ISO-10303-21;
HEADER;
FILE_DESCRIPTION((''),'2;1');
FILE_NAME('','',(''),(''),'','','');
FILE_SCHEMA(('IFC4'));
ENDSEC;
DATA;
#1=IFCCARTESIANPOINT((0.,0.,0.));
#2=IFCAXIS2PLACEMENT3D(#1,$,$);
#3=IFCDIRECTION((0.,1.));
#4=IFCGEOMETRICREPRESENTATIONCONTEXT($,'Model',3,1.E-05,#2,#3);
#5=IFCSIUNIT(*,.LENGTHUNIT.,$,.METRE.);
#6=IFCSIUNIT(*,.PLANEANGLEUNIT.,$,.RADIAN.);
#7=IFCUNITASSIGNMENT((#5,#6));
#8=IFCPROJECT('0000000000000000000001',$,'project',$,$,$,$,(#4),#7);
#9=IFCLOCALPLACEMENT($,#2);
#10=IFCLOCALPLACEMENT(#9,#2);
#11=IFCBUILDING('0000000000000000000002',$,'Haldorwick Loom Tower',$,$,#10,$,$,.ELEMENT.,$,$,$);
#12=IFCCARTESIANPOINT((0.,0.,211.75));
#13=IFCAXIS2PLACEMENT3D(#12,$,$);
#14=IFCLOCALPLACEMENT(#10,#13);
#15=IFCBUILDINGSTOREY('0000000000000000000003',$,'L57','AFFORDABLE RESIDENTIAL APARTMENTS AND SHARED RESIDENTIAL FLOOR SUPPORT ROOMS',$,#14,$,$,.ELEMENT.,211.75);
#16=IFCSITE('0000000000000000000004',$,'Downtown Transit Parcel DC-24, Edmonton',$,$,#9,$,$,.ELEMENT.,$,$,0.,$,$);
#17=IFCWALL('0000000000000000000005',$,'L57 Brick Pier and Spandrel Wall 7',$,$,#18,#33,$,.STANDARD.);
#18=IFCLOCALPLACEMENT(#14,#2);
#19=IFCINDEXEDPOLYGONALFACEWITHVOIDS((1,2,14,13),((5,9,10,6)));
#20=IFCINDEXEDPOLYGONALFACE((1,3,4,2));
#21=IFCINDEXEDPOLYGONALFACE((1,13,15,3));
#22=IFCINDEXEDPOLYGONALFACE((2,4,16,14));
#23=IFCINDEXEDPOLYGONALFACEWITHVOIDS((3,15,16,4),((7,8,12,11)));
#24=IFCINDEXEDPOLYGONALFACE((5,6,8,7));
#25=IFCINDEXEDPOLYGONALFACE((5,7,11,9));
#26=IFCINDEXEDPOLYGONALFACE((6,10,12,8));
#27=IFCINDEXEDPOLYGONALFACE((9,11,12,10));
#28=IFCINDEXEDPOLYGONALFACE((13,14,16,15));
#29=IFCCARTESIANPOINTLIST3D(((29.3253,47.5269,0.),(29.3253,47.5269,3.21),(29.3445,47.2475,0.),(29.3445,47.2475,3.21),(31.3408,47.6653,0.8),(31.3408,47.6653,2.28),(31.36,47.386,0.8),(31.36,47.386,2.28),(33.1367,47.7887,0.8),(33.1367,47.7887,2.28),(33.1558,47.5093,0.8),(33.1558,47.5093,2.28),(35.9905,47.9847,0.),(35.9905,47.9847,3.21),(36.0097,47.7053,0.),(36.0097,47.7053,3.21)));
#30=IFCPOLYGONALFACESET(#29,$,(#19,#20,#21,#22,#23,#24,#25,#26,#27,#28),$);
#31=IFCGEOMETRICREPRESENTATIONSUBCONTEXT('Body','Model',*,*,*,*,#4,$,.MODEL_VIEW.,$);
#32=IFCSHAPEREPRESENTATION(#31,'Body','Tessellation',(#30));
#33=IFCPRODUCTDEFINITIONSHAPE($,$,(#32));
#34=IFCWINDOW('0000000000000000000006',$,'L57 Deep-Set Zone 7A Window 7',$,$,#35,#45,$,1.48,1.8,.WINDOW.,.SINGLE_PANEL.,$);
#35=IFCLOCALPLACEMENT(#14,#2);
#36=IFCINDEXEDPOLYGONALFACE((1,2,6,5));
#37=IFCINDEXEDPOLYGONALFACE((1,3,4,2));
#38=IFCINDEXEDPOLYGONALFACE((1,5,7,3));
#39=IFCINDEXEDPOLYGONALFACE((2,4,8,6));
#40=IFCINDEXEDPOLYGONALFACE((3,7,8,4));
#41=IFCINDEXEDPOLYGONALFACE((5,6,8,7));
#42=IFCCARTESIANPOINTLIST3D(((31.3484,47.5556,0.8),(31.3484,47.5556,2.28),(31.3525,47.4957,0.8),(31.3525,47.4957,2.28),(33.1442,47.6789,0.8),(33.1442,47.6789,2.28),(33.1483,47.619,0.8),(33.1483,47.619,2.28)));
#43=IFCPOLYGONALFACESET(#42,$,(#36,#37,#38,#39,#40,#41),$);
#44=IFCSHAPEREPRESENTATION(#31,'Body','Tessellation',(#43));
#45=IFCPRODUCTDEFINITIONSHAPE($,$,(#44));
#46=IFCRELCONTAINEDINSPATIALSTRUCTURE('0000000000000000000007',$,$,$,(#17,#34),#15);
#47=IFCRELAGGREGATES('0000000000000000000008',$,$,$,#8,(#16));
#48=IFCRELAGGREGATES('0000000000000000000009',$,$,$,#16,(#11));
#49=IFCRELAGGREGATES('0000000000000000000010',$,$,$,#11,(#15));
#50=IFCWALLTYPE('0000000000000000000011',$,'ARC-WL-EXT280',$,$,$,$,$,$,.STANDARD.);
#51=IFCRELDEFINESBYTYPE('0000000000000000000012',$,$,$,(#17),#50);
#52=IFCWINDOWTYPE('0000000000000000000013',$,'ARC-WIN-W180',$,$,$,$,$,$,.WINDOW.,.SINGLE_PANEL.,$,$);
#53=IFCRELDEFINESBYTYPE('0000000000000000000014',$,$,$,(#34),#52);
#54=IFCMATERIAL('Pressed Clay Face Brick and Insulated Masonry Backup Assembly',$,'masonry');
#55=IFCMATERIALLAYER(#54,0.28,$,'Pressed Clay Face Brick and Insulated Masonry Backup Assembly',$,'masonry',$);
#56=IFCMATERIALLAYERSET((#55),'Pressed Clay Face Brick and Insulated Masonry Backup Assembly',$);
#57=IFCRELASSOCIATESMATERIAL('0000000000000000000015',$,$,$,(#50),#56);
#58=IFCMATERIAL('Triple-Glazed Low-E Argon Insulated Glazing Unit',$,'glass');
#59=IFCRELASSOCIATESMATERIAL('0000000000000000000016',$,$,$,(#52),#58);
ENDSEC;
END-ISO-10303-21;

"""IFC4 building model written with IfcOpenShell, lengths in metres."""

from ifc_helpers import new_model, si_unit, direction, frame, frame_2d, origin, place, context, subcontext, project, spatial, rectangle, extrude, material, layer, layer_set, type_object, element, fill, save


model = new_model("IFC4")

# Units and contexts
model_context = context("Model", 3, precision=1e-05, world=origin(), true_north=direction((0.0, 1.0)))
body_context = subcontext(model_context, "Body", "Model", "MODEL_VIEW")
ifc_project = project(units=[si_unit("LENGTHUNIT", "METRE"), si_unit("PLANEANGLEUNIT", "RADIAN")], contexts=[model_context])

# Site, building, storey
site_placement = place(None, origin())
site = spatial("IfcSite", under=ifc_project, at=site_placement, Name="Downtown Transit Parcel DC-24, Edmonton", CompositionType="ELEMENT", RefElevation=0.0)
building_placement = place(site_placement, origin())
building = spatial("IfcBuilding", under=site, at=building_placement, Name="Haldorwick Loom Tower", CompositionType="ELEMENT")
storey_placement = place(building_placement, frame((0.0, 0.0, 211.75)))
storey = spatial("IfcBuildingStorey", under=building, at=storey_placement, Name="L57", Description="AFFORDABLE RESIDENTIAL APARTMENTS AND SHARED RESIDENTIAL FLOOR SUPPORT ROOMS", CompositionType="ELEMENT", Elevation=211.75)

# Wall, opening, window
ifc_material_1 = material(Name="Pressed Clay Face Brick and Insulated Masonry Backup Assembly", Category="masonry")
ifc_layer = layer(ifc_material_1, 0.28, Name="Pressed Clay Face Brick and Insulated Masonry Backup Assembly", Category="masonry")
ifc_layer_set = layer_set([ifc_layer], Name="Pressed Clay Face Brick and Insulated Masonry Backup Assembly")
wall_type = type_object("IfcWallType", Name="ARC-WL-EXT280", PredefinedType="STANDARD", material=ifc_layer_set)
ifc_material_2 = material(Name="Triple-Glazed Low-E Argon Insulated Glazing Unit", Category="glass")
window_type = type_object("IfcWindowType", Name="ARC-WIN-W180", PartitioningType="SINGLE_PANEL", PredefinedType="WINDOW", material=ifc_material_2)
wall_1_placement = place(storey_placement, frame((36.0, 47.845, 0.0), z_axis=(0.0, 0.0, 1.0), x_axis=(-0.99765, -0.068517, 0.0)))
wall_1 = element("IfcWall", 1, at=wall_1_placement, inside=storey, type_object=wall_type, Name="L57 Brick Pier and Spandrel Wall 7", PredefinedType="STANDARD", context=body_context, shape_type="SweptSolid", body=[
    extrude(rectangle(XDim=6.6809, YDim=0.28, at=frame_2d((3.3403, 0.0))), origin(), (0.0, 0.0, 1.0), 3.21),
])
opening_1_placement = place(wall_1_placement, frame((2.8606, 0.0, 0.8)))
opening_1 = element("IfcOpeningElement", 2, at=opening_1_placement, cuts=wall_1, PredefinedType="OPENING", context=body_context, shape_type="SweptSolid", body=[
    extrude(rectangle(XDim=1.8, YDim=1.48, at=frame_2d((0.8999, 0.74))), frame((0.0, 0.1499, 0.0), z_axis=(0.0, -1.0, 0.0), x_axis=(1.0, 0.0, 0.0)), (0.0, 0.0, 1.0), 0.3),
])
window_1_placement = place(opening_1_placement, origin())
window_1 = element("IfcWindow", 3, at=window_1_placement, inside=storey, type_object=window_type, Name="L57 Deep-Set Zone 7A Window 7", OverallHeight=1.48, OverallWidth=1.8, PartitioningType="SINGLE_PANEL", PredefinedType="WINDOW", context=body_context, shape_type="SweptSolid", body=[
    extrude(rectangle(XDim=1.8, YDim=1.48, at=frame_2d((0.8999, 0.74))), frame((0.0, 0.03, 0.0), z_axis=(0.0, -1.0, 0.0), x_axis=(1.0, 0.0, 0.0)), (0.0, 0.0, 1.0), 0.0601),
])
fill(opening_1, window_1)

save(model, "model.ifc")
